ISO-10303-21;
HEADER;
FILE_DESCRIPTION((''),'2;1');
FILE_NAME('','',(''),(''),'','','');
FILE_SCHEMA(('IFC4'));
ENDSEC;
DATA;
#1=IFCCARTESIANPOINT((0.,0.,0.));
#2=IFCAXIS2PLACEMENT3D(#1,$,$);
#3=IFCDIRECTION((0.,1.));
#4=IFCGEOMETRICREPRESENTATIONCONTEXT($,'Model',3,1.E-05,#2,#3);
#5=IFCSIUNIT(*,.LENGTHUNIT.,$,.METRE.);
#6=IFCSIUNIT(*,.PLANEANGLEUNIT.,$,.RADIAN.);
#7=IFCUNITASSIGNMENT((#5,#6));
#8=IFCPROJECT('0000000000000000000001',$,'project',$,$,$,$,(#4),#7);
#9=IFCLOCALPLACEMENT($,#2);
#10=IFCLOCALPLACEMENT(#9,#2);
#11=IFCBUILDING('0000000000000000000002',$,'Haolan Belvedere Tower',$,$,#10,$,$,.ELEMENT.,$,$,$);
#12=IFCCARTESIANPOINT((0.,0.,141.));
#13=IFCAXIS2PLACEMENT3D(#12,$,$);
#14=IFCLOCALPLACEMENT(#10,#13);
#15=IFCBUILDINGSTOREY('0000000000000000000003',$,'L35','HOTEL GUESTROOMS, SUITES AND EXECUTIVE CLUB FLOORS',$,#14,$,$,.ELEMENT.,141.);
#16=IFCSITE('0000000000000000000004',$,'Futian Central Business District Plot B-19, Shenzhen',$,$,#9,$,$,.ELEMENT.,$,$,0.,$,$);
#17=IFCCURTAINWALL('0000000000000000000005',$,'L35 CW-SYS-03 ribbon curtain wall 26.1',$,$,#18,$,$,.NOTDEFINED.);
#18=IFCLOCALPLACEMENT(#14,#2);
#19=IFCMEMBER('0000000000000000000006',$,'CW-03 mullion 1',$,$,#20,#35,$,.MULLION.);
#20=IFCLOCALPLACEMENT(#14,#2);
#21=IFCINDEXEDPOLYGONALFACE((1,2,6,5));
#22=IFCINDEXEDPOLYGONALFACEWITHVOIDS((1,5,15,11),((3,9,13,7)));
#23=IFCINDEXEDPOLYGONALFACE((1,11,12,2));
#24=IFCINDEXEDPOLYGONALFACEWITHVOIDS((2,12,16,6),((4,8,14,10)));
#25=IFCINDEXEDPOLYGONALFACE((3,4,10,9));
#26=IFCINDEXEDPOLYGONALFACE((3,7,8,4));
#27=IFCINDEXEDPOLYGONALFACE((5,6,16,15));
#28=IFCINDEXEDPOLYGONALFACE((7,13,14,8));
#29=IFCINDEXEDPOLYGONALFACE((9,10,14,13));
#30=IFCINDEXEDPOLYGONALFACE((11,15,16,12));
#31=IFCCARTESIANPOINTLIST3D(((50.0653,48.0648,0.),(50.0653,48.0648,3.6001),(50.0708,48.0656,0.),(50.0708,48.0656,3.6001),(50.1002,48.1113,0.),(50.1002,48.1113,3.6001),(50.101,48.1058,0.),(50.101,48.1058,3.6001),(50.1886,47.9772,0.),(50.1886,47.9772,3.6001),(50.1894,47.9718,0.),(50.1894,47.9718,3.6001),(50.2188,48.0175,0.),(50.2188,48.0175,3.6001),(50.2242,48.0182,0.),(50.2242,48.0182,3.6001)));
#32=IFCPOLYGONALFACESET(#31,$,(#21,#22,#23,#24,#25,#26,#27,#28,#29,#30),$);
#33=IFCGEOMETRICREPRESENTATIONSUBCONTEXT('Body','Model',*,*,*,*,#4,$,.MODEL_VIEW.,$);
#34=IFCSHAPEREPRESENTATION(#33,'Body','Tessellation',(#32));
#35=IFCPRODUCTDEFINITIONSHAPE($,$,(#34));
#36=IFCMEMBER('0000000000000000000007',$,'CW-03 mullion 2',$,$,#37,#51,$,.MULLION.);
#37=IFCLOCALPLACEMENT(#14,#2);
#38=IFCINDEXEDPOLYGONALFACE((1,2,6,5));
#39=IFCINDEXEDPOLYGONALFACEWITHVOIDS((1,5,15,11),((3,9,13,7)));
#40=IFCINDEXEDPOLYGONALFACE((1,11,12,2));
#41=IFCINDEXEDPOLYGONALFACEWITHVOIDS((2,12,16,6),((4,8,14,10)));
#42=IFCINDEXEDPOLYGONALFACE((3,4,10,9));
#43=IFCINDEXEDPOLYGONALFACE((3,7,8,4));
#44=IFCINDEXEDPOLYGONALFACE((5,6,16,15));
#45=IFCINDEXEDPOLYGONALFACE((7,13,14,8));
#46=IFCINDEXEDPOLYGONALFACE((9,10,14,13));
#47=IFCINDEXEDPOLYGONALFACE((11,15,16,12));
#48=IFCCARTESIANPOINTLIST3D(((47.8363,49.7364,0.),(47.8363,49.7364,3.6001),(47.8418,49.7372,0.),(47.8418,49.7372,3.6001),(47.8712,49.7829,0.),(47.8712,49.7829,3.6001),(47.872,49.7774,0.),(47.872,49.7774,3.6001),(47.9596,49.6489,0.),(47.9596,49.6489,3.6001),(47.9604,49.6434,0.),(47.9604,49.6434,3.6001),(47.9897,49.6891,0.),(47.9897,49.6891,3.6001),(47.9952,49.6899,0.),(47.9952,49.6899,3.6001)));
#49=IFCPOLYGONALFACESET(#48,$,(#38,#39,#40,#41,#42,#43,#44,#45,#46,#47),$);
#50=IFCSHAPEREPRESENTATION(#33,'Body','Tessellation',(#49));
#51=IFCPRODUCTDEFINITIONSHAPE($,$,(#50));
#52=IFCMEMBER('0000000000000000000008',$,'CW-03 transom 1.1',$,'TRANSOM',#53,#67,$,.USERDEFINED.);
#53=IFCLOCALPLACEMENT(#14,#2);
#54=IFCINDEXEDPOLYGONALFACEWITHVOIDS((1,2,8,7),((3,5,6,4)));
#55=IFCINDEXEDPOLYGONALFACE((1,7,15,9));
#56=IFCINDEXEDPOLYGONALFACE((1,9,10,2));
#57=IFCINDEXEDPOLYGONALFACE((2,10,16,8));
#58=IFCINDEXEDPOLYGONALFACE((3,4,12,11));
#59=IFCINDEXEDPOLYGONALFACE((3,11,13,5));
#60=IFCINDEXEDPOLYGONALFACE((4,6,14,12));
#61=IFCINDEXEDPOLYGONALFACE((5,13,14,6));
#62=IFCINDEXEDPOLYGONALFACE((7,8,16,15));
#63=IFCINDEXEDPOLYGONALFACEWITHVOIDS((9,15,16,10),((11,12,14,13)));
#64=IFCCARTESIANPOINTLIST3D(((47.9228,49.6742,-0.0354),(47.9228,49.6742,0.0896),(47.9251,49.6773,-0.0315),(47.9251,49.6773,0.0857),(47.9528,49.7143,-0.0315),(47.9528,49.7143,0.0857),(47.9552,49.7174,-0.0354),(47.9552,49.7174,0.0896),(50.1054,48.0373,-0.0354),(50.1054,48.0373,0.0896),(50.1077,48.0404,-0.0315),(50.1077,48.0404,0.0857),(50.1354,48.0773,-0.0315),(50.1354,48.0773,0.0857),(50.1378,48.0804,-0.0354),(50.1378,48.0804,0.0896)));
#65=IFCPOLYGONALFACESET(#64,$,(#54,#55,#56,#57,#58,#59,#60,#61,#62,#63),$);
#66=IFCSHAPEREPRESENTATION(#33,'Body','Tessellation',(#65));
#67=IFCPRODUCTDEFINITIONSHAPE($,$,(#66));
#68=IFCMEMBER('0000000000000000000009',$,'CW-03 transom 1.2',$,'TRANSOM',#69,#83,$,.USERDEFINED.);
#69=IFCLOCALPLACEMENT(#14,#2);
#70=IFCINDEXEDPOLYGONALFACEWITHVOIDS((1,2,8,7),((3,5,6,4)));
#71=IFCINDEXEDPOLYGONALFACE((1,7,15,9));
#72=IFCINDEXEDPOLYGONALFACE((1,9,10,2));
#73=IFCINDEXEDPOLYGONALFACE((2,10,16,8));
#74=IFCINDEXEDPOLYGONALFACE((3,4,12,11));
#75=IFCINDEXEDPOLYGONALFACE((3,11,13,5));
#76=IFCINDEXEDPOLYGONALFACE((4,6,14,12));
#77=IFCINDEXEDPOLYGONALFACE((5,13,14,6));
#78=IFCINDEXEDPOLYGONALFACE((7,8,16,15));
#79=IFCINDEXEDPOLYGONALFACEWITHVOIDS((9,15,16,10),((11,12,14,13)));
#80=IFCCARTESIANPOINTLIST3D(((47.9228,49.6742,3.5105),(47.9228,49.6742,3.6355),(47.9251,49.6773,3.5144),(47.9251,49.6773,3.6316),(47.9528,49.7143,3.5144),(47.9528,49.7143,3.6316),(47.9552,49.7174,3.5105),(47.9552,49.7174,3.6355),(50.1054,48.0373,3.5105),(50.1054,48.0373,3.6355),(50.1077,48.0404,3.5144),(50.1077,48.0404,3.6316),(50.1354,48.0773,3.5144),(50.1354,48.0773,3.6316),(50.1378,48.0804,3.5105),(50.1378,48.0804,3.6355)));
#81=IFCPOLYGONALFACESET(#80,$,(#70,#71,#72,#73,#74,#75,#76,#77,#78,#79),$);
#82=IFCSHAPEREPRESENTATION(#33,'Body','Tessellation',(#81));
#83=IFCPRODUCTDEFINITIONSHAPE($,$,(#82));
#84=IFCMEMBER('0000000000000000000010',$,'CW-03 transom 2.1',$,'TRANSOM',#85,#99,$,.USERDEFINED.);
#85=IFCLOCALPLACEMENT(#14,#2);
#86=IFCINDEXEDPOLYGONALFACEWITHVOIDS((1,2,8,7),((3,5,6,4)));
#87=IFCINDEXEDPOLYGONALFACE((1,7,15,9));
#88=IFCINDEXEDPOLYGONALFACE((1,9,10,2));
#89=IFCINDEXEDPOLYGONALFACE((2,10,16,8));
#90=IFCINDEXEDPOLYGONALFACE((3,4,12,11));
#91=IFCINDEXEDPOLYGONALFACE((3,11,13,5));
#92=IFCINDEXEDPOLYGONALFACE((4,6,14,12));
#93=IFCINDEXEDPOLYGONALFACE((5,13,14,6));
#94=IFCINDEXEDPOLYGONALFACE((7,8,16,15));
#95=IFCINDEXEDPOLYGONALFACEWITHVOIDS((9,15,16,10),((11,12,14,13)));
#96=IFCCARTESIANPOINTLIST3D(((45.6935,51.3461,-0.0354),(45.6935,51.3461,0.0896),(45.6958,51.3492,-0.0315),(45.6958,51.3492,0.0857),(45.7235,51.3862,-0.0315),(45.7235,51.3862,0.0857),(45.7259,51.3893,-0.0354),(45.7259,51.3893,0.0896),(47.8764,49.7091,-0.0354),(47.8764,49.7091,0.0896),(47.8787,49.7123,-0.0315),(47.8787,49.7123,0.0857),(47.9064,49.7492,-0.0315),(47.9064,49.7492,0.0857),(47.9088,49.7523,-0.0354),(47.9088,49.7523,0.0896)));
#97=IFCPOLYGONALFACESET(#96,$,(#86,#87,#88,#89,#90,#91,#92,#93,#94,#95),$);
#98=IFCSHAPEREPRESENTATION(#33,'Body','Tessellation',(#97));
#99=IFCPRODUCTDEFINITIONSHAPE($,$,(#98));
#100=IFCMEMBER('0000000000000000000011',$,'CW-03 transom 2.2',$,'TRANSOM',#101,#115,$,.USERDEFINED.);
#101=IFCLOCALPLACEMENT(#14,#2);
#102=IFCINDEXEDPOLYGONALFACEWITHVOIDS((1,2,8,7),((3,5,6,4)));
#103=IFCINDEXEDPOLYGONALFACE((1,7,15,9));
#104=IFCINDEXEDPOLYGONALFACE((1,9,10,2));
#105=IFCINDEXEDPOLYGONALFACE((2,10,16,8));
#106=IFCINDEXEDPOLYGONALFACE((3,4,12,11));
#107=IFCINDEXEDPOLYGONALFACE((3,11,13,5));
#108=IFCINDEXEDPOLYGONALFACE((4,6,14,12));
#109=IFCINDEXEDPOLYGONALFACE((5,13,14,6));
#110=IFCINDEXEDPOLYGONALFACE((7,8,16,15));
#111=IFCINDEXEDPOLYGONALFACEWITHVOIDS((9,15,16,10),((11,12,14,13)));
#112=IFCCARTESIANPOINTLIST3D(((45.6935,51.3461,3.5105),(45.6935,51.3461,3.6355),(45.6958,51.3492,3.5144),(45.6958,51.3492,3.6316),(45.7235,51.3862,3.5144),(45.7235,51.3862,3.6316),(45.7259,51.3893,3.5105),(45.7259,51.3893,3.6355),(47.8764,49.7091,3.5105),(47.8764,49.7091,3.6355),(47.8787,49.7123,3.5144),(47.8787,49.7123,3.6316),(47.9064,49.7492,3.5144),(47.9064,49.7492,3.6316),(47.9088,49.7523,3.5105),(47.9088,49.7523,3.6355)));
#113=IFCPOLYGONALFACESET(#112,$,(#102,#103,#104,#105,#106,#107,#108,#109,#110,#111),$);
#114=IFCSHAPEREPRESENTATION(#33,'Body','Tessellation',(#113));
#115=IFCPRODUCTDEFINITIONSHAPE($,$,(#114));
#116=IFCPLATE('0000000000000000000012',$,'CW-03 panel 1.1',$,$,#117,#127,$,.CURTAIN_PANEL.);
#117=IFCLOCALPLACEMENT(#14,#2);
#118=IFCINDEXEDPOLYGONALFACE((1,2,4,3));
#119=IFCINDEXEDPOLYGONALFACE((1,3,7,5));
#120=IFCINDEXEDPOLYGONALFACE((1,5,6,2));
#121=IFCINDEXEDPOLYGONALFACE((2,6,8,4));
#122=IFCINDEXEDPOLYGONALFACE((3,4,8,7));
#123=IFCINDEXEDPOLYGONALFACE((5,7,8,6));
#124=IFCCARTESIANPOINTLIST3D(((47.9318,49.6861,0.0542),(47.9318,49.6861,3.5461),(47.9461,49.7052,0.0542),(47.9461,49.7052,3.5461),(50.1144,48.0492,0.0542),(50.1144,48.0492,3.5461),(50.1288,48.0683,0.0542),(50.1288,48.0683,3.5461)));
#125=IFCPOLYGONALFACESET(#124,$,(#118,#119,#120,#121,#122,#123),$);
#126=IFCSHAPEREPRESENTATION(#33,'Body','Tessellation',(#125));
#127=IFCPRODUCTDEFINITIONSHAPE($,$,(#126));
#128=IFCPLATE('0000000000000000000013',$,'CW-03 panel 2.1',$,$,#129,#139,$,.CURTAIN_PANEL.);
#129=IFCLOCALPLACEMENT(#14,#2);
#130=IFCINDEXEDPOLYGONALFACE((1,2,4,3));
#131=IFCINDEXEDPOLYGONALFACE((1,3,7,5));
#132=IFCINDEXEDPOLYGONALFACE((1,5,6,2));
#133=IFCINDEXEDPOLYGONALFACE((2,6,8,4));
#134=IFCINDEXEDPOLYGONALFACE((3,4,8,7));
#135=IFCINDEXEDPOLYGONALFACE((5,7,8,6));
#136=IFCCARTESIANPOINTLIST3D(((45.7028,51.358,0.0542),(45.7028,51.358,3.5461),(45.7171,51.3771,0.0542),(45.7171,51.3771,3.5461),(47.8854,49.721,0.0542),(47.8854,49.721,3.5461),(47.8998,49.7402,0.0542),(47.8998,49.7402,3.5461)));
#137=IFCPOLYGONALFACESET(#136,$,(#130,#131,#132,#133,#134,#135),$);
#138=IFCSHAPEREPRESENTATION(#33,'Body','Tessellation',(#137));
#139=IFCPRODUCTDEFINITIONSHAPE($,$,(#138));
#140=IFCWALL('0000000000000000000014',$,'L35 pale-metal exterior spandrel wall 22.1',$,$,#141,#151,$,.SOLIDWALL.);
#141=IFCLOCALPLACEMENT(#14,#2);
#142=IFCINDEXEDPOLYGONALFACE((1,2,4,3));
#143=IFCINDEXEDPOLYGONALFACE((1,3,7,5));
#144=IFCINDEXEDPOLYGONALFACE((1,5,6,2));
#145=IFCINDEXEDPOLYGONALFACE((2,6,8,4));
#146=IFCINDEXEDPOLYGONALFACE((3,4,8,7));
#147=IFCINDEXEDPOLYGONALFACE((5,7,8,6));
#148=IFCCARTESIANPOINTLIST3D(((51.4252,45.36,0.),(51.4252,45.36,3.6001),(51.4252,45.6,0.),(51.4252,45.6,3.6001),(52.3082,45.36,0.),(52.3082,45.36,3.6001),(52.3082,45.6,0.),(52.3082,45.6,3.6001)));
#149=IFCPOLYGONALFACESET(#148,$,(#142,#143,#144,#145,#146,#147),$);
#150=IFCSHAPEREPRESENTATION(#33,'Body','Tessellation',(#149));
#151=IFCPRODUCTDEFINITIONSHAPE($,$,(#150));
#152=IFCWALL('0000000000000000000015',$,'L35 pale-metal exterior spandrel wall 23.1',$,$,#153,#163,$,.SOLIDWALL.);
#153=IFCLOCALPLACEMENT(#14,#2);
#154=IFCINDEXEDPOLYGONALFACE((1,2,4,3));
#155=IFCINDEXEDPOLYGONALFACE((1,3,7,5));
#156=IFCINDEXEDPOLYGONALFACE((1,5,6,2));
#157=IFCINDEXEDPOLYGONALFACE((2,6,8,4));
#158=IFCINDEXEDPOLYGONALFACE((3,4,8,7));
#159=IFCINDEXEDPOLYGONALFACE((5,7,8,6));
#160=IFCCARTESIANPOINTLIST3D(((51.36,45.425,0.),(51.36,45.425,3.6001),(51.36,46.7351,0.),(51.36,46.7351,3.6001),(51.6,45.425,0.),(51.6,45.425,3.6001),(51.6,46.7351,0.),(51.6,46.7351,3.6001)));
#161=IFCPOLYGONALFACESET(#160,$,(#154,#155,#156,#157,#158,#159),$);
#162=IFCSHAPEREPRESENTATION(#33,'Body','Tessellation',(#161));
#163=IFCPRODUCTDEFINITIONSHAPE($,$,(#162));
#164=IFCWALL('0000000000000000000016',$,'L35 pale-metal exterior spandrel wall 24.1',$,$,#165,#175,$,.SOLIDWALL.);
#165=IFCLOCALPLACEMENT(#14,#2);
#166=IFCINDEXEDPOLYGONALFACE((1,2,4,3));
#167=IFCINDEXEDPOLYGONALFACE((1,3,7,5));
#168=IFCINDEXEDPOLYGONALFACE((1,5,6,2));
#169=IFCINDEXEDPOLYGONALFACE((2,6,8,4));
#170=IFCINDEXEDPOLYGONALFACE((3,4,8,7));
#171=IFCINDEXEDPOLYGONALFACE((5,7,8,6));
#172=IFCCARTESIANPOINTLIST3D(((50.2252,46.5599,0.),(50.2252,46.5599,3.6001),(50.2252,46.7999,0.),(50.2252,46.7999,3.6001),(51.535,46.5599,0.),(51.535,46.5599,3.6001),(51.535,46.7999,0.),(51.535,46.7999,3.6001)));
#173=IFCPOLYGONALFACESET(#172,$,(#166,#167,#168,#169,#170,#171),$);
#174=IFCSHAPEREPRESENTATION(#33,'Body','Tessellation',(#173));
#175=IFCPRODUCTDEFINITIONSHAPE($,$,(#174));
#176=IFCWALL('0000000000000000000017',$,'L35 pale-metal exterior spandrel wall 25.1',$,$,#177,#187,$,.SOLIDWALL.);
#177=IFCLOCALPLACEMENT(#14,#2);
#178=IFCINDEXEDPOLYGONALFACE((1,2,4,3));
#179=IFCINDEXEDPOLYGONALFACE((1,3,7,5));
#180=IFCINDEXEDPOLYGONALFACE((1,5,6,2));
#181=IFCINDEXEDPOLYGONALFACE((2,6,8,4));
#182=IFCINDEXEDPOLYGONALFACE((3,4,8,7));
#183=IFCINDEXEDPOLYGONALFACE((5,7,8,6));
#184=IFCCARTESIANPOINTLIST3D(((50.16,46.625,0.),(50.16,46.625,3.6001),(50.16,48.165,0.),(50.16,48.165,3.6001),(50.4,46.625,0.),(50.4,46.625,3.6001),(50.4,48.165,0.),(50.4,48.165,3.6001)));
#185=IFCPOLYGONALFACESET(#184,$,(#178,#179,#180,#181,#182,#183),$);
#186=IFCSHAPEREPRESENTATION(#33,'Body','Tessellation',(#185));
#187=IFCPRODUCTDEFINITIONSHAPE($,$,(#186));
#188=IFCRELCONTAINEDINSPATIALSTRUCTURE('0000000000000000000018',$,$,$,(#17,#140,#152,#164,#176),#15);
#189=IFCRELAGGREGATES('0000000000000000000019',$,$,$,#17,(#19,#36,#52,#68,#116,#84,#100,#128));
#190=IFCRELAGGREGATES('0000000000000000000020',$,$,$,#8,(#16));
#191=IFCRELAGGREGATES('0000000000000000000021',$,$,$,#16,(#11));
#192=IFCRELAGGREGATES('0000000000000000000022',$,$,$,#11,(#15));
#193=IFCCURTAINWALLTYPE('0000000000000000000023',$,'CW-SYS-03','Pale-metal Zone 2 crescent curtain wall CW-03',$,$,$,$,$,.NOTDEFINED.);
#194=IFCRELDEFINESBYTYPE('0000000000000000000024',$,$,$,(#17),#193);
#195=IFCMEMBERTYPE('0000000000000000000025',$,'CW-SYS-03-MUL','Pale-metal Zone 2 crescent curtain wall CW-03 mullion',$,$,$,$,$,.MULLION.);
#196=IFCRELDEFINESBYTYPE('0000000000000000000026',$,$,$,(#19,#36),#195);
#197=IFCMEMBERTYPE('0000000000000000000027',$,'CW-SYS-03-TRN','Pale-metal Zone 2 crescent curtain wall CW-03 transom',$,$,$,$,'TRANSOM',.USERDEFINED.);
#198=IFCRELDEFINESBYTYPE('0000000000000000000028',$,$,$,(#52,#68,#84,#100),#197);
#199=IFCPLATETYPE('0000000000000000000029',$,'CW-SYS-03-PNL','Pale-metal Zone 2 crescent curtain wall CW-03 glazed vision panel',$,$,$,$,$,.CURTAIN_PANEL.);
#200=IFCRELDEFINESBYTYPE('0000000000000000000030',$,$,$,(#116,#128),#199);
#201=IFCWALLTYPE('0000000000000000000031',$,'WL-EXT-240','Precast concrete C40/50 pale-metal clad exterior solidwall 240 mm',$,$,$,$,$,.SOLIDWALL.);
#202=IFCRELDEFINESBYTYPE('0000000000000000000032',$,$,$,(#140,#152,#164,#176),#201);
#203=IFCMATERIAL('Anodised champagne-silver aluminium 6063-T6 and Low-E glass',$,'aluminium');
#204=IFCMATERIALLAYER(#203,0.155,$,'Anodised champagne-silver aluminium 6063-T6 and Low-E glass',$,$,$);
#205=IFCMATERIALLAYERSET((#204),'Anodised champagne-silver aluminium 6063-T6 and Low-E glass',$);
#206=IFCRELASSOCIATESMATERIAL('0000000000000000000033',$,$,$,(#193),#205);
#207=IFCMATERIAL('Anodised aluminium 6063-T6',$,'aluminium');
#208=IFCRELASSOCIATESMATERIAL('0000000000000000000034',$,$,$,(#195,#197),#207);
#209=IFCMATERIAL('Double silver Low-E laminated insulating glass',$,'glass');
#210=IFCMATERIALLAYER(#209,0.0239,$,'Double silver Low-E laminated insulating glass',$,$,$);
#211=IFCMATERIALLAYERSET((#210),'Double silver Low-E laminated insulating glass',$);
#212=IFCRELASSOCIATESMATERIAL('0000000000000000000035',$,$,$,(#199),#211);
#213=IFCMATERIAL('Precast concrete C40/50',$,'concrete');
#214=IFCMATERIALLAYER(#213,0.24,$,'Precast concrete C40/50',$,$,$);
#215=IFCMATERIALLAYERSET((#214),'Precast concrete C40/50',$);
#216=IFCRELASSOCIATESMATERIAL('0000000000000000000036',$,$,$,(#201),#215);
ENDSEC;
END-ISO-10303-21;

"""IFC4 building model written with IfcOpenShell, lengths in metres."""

from ifc_helpers import new_model, si_unit, direction, frame, frame_2d, origin, origin_2d, place, context, subcontext, project, spatial, rectangle, hollow_rectangle, extrude, material, layer, layer_set, material_profile, profile_set, type_object, element, aggregate, save


model = new_model("IFC4")

# Units and contexts
model_context = context("Model", 3, precision=1e-05, world=origin(), true_north=direction((0.0, 1.0)))
body_context = subcontext(model_context, "Body", "Model", "MODEL_VIEW")
ifc_project = project(units=[si_unit("LENGTHUNIT", "METRE"), si_unit("PLANEANGLEUNIT", "RADIAN")], contexts=[model_context])

# Site, building, storey
site_placement = place(None, origin())
site = spatial("IfcSite", under=ifc_project, at=site_placement, Name="Futian Central Business District Plot B-19, Shenzhen", CompositionType="ELEMENT", RefElevation=0.0)
building_placement = place(site_placement, origin())
building = spatial("IfcBuilding", under=site, at=building_placement, Name="Haolan Belvedere Tower", CompositionType="ELEMENT")
storey_placement = place(building_placement, frame((0.0, 0.0, 141.0)))
storey = spatial("IfcBuildingStorey", under=building, at=storey_placement, Name="L35", Description="HOTEL GUESTROOMS, SUITES AND EXECUTIVE CLUB FLOORS", CompositionType="ELEMENT", Elevation=141.0)

# Curtain wall, members, plates
ifc_material_1 = material(Name="Anodised champagne-silver aluminium 6063-T6 and Low-E glass", Category="aluminium")
ifc_layer_1 = layer(ifc_material_1, 0.155, Name="Anodised champagne-silver aluminium 6063-T6 and Low-E glass")
ifc_layer_set_1 = layer_set([ifc_layer_1], Name="Anodised champagne-silver aluminium 6063-T6 and Low-E glass")
curtain_wall_type = type_object("IfcCurtainWallType", Name="CW-SYS-03", Description="Pale-metal Zone 2 crescent curtain wall CW-03", PredefinedType="NOTDEFINED", material=ifc_layer_set_1)
curtain_wall_placement = place(storey_placement, origin())
curtain_wall = element("IfcCurtainWall", 1, at=curtain_wall_placement, inside=storey, type_object=curtain_wall_type, Name="L35 CW-SYS-03 ribbon curtain wall 26.1", PredefinedType="NOTDEFINED")
ifc_material_2 = material(Name="Anodised aluminium 6063-T6", Category="aluminium")
ifc_material_profile_1 = material_profile(ifc_material_2, hollow_rectangle(XDim=0.0581, YDim=0.155, WallThickness=0.0039, at=origin_2d()), Name="Anodised aluminium 6063-T6")
ifc_profile_set_1 = profile_set([ifc_material_profile_1], Name="Anodised aluminium 6063-T6")
member_type_1 = type_object("IfcMemberType", Name="CW-SYS-03-MUL", Description="Pale-metal Zone 2 crescent curtain wall CW-03 mullion", PredefinedType="MULLION", material=ifc_profile_set_1)
member_1_placement = place(storey_placement, frame((50.1448, 48.0415, 0.0), z_axis=(0.0, 0.0, 1.0), x_axis=(-0.599994, -0.800004, 0.0)))
member_1 = element("IfcMember", 2, at=member_1_placement, type_object=member_type_1, Name="CW-03 mullion 1", PredefinedType="MULLION", context=body_context, shape_type="SweptSolid", body=[
    extrude(hollow_rectangle(XDim=0.0581, YDim=0.155, WallThickness=0.0039, at=origin_2d()), origin(), (0.0, 0.0, 1.0), 3.6001),
])
member_2_placement = place(storey_placement, frame((47.9158, 49.7131, 0.0), z_axis=(0.0, 0.0, 1.0), x_axis=(-0.599994, -0.800004, 0.0)))
member_2 = element("IfcMember", 3, at=member_2_placement, type_object=member_type_1, Name="CW-03 mullion 2", PredefinedType="MULLION", context=body_context, shape_type="SweptSolid", body=[
    extrude(hollow_rectangle(XDim=0.0581, YDim=0.155, WallThickness=0.0039, at=origin_2d()), origin(), (0.0, 0.0, 1.0), 3.6001),
])
ifc_material_profile_2 = material_profile(ifc_material_2, hollow_rectangle(XDim=0.054, YDim=0.125, WallThickness=0.0039, at=origin_2d()), Name="Anodised aluminium 6063-T6")
ifc_profile_set_2 = profile_set([ifc_material_profile_2], Name="Anodised aluminium 6063-T6")
member_type_2 = type_object("IfcMemberType", Name="CW-SYS-03-TRN", Description="Pale-metal Zone 2 crescent curtain wall CW-03 transom", ElementType="TRANSOM", PredefinedType="USERDEFINED", material=ifc_profile_set_2)
member_3_placement = place(storey_placement, frame((50.1216, 48.0588, 0.0271), z_axis=(-0.8, 0.6, 0.0), x_axis=(-0.6, -0.8, 0.0)))
member_3 = element("IfcMember", 4, at=member_3_placement, type_object=member_type_2, Name="CW-03 transom 1.1", ObjectType="TRANSOM", PredefinedType="USERDEFINED", context=body_context, shape_type="SweptSolid", body=[
    extrude(hollow_rectangle(XDim=0.054, YDim=0.125, WallThickness=0.0039, at=origin_2d()), origin(), (0.0, 0.0, 1.0), 2.7283),
])
member_4_placement = place(storey_placement, frame((50.1216, 48.0588, 3.573), z_axis=(-0.8, 0.6, 0.0), x_axis=(-0.6, -0.8, 0.0)))
member_4 = element("IfcMember", 5, at=member_4_placement, type_object=member_type_2, Name="CW-03 transom 1.2", ObjectType="TRANSOM", PredefinedType="USERDEFINED", context=body_context, shape_type="SweptSolid", body=[
    extrude(hollow_rectangle(XDim=0.054, YDim=0.125, WallThickness=0.0039, at=origin_2d()), origin(), (0.0, 0.0, 1.0), 2.7283),
])
member_5_placement = place(storey_placement, frame((47.8926, 49.7307, 0.0271), z_axis=(-0.800032, 0.599957, 0.0), x_axis=(-0.599957, -0.800032, 0.0)))
member_5 = element("IfcMember", 6, at=member_5_placement, type_object=member_type_2, Name="CW-03 transom 2.1", ObjectType="TRANSOM", PredefinedType="USERDEFINED", context=body_context, shape_type="SweptSolid", body=[
    extrude(hollow_rectangle(XDim=0.054, YDim=0.125, WallThickness=0.0039, at=origin_2d()), origin(), (0.0, 0.0, 1.0), 2.7285),
])
member_6_placement = place(storey_placement, frame((47.8926, 49.7307, 3.573), z_axis=(-0.800032, 0.599957, 0.0), x_axis=(-0.599957, -0.800032, 0.0)))
member_6 = element("IfcMember", 7, at=member_6_placement, type_object=member_type_2, Name="CW-03 transom 2.2", ObjectType="TRANSOM", PredefinedType="USERDEFINED", context=body_context, shape_type="SweptSolid", body=[
    extrude(hollow_rectangle(XDim=0.054, YDim=0.125, WallThickness=0.0039, at=origin_2d()), origin(), (0.0, 0.0, 1.0), 2.7285),
])
ifc_material_3 = material(Name="Double silver Low-E laminated insulating glass", Category="glass")
ifc_layer_2 = layer(ifc_material_3, 0.0239, Name="Double silver Low-E laminated insulating glass")
ifc_layer_set_2 = layer_set([ifc_layer_2], Name="Double silver Low-E laminated insulating glass")
plate_type = type_object("IfcPlateType", Name="CW-SYS-03-PNL", Description="Pale-metal Zone 2 crescent curtain wall CW-03 glazed vision panel", PredefinedType="CURTAIN_PANEL", material=ifc_layer_set_2)
plate_1_placement = place(storey_placement, frame((49.0303, 48.8772, 0.0542), z_axis=(0.0, 0.0, 1.0), x_axis=(-0.800004, 0.599994, 0.0)))
plate_1 = element("IfcPlate", 8, at=plate_1_placement, type_object=plate_type, Name="CW-03 panel 1.1", PredefinedType="CURTAIN_PANEL", context=body_context, shape_type="SweptSolid", body=[
    extrude(rectangle(XDim=2.7283, YDim=0.0239, at=origin_2d()), origin(), (0.0, 0.0, 1.0), 3.4919),
])
plate_2_placement = place(storey_placement, frame((46.8013, 50.5491, 0.0542), z_axis=(0.0, 0.0, 1.0), x_axis=(-0.800004, 0.599994, 0.0)))
plate_2 = element("IfcPlate", 9, at=plate_2_placement, type_object=plate_type, Name="CW-03 panel 2.1", PredefinedType="CURTAIN_PANEL", context=body_context, shape_type="SweptSolid", body=[
    extrude(rectangle(XDim=2.7283, YDim=0.0239, at=origin_2d()), origin(), (0.0, 0.0, 1.0), 3.4919),
])
aggregate(curtain_wall, [member_1, member_2, member_3, member_4, plate_1, member_5, member_6, plate_2])

# Walls
ifc_material_4 = material(Name="Precast concrete C40/50", Category="concrete")
ifc_layer_3 = layer(ifc_material_4, 0.24, Name="Precast concrete C40/50")
ifc_layer_set_3 = layer_set([ifc_layer_3], Name="Precast concrete C40/50")
wall_type_1 = type_object("IfcWallType", Name="WL-EXT-240", Description="Precast concrete C40/50 pale-metal clad exterior solidwall 240 mm", PredefinedType="SOLIDWALL", material=ifc_layer_set_3)
wall_1_placement = place(storey_placement, frame((52.3081, 45.48, 0.0), z_axis=(0.0, 0.0, 1.0), x_axis=(-1.0, 0.0, 0.0)))
element("IfcWall", 10, at=wall_1_placement, inside=storey, type_object=wall_type_1, Name="L35 pale-metal exterior spandrel wall 22.1", PredefinedType="SOLIDWALL", context=body_context, shape_type="SweptSolid", body=[
    extrude(rectangle(XDim=0.8831, YDim=0.24, at=frame_2d((0.4414, 0.0))), origin(), (0.0, 0.0, 1.0), 3.6001),
])
wall_2_placement = place(storey_placement, frame((51.48, 45.425, 0.0), z_axis=(0.0, 0.0, 1.0), x_axis=(0.0, 1.0, 0.0)))
element("IfcWall", 11, at=wall_2_placement, inside=storey, type_object=wall_type_1, Name="L35 pale-metal exterior spandrel wall 23.1", PredefinedType="SOLIDWALL", context=body_context, shape_type="SweptSolid", body=[
    extrude(rectangle(XDim=1.3101, YDim=0.24, at=frame_2d((0.655, 0.0))), origin(), (0.0, 0.0, 1.0), 3.6001),
])
wall_3_placement = place(storey_placement, frame((51.5349, 46.6799, 0.0), z_axis=(0.0, 0.0, 1.0), x_axis=(-1.0, 0.0, 0.0)))
element("IfcWall", 12, at=wall_3_placement, inside=storey, type_object=wall_type_1, Name="L35 pale-metal exterior spandrel wall 24.1", PredefinedType="SOLIDWALL", context=body_context, shape_type="SweptSolid", body=[
    extrude(rectangle(XDim=1.3098, YDim=0.24, at=frame_2d((0.6548, 0.0))), origin(), (0.0, 0.0, 1.0), 3.6001),
])
wall_4_placement = place(storey_placement, frame((50.28, 46.625, 0.0), z_axis=(0.0, 0.0, 1.0), x_axis=(0.0, 1.0, 0.0)))
element("IfcWall", 13, at=wall_4_placement, inside=storey, type_object=wall_type_1, Name="L35 pale-metal exterior spandrel wall 25.1", PredefinedType="SOLIDWALL", context=body_context, shape_type="SweptSolid", body=[
    extrude(rectangle(XDim=1.54, YDim=0.24, at=frame_2d((0.77, 0.0))), origin(), (0.0, 0.0, 1.0), 3.6001),
])

save(model, "model.ifc")
